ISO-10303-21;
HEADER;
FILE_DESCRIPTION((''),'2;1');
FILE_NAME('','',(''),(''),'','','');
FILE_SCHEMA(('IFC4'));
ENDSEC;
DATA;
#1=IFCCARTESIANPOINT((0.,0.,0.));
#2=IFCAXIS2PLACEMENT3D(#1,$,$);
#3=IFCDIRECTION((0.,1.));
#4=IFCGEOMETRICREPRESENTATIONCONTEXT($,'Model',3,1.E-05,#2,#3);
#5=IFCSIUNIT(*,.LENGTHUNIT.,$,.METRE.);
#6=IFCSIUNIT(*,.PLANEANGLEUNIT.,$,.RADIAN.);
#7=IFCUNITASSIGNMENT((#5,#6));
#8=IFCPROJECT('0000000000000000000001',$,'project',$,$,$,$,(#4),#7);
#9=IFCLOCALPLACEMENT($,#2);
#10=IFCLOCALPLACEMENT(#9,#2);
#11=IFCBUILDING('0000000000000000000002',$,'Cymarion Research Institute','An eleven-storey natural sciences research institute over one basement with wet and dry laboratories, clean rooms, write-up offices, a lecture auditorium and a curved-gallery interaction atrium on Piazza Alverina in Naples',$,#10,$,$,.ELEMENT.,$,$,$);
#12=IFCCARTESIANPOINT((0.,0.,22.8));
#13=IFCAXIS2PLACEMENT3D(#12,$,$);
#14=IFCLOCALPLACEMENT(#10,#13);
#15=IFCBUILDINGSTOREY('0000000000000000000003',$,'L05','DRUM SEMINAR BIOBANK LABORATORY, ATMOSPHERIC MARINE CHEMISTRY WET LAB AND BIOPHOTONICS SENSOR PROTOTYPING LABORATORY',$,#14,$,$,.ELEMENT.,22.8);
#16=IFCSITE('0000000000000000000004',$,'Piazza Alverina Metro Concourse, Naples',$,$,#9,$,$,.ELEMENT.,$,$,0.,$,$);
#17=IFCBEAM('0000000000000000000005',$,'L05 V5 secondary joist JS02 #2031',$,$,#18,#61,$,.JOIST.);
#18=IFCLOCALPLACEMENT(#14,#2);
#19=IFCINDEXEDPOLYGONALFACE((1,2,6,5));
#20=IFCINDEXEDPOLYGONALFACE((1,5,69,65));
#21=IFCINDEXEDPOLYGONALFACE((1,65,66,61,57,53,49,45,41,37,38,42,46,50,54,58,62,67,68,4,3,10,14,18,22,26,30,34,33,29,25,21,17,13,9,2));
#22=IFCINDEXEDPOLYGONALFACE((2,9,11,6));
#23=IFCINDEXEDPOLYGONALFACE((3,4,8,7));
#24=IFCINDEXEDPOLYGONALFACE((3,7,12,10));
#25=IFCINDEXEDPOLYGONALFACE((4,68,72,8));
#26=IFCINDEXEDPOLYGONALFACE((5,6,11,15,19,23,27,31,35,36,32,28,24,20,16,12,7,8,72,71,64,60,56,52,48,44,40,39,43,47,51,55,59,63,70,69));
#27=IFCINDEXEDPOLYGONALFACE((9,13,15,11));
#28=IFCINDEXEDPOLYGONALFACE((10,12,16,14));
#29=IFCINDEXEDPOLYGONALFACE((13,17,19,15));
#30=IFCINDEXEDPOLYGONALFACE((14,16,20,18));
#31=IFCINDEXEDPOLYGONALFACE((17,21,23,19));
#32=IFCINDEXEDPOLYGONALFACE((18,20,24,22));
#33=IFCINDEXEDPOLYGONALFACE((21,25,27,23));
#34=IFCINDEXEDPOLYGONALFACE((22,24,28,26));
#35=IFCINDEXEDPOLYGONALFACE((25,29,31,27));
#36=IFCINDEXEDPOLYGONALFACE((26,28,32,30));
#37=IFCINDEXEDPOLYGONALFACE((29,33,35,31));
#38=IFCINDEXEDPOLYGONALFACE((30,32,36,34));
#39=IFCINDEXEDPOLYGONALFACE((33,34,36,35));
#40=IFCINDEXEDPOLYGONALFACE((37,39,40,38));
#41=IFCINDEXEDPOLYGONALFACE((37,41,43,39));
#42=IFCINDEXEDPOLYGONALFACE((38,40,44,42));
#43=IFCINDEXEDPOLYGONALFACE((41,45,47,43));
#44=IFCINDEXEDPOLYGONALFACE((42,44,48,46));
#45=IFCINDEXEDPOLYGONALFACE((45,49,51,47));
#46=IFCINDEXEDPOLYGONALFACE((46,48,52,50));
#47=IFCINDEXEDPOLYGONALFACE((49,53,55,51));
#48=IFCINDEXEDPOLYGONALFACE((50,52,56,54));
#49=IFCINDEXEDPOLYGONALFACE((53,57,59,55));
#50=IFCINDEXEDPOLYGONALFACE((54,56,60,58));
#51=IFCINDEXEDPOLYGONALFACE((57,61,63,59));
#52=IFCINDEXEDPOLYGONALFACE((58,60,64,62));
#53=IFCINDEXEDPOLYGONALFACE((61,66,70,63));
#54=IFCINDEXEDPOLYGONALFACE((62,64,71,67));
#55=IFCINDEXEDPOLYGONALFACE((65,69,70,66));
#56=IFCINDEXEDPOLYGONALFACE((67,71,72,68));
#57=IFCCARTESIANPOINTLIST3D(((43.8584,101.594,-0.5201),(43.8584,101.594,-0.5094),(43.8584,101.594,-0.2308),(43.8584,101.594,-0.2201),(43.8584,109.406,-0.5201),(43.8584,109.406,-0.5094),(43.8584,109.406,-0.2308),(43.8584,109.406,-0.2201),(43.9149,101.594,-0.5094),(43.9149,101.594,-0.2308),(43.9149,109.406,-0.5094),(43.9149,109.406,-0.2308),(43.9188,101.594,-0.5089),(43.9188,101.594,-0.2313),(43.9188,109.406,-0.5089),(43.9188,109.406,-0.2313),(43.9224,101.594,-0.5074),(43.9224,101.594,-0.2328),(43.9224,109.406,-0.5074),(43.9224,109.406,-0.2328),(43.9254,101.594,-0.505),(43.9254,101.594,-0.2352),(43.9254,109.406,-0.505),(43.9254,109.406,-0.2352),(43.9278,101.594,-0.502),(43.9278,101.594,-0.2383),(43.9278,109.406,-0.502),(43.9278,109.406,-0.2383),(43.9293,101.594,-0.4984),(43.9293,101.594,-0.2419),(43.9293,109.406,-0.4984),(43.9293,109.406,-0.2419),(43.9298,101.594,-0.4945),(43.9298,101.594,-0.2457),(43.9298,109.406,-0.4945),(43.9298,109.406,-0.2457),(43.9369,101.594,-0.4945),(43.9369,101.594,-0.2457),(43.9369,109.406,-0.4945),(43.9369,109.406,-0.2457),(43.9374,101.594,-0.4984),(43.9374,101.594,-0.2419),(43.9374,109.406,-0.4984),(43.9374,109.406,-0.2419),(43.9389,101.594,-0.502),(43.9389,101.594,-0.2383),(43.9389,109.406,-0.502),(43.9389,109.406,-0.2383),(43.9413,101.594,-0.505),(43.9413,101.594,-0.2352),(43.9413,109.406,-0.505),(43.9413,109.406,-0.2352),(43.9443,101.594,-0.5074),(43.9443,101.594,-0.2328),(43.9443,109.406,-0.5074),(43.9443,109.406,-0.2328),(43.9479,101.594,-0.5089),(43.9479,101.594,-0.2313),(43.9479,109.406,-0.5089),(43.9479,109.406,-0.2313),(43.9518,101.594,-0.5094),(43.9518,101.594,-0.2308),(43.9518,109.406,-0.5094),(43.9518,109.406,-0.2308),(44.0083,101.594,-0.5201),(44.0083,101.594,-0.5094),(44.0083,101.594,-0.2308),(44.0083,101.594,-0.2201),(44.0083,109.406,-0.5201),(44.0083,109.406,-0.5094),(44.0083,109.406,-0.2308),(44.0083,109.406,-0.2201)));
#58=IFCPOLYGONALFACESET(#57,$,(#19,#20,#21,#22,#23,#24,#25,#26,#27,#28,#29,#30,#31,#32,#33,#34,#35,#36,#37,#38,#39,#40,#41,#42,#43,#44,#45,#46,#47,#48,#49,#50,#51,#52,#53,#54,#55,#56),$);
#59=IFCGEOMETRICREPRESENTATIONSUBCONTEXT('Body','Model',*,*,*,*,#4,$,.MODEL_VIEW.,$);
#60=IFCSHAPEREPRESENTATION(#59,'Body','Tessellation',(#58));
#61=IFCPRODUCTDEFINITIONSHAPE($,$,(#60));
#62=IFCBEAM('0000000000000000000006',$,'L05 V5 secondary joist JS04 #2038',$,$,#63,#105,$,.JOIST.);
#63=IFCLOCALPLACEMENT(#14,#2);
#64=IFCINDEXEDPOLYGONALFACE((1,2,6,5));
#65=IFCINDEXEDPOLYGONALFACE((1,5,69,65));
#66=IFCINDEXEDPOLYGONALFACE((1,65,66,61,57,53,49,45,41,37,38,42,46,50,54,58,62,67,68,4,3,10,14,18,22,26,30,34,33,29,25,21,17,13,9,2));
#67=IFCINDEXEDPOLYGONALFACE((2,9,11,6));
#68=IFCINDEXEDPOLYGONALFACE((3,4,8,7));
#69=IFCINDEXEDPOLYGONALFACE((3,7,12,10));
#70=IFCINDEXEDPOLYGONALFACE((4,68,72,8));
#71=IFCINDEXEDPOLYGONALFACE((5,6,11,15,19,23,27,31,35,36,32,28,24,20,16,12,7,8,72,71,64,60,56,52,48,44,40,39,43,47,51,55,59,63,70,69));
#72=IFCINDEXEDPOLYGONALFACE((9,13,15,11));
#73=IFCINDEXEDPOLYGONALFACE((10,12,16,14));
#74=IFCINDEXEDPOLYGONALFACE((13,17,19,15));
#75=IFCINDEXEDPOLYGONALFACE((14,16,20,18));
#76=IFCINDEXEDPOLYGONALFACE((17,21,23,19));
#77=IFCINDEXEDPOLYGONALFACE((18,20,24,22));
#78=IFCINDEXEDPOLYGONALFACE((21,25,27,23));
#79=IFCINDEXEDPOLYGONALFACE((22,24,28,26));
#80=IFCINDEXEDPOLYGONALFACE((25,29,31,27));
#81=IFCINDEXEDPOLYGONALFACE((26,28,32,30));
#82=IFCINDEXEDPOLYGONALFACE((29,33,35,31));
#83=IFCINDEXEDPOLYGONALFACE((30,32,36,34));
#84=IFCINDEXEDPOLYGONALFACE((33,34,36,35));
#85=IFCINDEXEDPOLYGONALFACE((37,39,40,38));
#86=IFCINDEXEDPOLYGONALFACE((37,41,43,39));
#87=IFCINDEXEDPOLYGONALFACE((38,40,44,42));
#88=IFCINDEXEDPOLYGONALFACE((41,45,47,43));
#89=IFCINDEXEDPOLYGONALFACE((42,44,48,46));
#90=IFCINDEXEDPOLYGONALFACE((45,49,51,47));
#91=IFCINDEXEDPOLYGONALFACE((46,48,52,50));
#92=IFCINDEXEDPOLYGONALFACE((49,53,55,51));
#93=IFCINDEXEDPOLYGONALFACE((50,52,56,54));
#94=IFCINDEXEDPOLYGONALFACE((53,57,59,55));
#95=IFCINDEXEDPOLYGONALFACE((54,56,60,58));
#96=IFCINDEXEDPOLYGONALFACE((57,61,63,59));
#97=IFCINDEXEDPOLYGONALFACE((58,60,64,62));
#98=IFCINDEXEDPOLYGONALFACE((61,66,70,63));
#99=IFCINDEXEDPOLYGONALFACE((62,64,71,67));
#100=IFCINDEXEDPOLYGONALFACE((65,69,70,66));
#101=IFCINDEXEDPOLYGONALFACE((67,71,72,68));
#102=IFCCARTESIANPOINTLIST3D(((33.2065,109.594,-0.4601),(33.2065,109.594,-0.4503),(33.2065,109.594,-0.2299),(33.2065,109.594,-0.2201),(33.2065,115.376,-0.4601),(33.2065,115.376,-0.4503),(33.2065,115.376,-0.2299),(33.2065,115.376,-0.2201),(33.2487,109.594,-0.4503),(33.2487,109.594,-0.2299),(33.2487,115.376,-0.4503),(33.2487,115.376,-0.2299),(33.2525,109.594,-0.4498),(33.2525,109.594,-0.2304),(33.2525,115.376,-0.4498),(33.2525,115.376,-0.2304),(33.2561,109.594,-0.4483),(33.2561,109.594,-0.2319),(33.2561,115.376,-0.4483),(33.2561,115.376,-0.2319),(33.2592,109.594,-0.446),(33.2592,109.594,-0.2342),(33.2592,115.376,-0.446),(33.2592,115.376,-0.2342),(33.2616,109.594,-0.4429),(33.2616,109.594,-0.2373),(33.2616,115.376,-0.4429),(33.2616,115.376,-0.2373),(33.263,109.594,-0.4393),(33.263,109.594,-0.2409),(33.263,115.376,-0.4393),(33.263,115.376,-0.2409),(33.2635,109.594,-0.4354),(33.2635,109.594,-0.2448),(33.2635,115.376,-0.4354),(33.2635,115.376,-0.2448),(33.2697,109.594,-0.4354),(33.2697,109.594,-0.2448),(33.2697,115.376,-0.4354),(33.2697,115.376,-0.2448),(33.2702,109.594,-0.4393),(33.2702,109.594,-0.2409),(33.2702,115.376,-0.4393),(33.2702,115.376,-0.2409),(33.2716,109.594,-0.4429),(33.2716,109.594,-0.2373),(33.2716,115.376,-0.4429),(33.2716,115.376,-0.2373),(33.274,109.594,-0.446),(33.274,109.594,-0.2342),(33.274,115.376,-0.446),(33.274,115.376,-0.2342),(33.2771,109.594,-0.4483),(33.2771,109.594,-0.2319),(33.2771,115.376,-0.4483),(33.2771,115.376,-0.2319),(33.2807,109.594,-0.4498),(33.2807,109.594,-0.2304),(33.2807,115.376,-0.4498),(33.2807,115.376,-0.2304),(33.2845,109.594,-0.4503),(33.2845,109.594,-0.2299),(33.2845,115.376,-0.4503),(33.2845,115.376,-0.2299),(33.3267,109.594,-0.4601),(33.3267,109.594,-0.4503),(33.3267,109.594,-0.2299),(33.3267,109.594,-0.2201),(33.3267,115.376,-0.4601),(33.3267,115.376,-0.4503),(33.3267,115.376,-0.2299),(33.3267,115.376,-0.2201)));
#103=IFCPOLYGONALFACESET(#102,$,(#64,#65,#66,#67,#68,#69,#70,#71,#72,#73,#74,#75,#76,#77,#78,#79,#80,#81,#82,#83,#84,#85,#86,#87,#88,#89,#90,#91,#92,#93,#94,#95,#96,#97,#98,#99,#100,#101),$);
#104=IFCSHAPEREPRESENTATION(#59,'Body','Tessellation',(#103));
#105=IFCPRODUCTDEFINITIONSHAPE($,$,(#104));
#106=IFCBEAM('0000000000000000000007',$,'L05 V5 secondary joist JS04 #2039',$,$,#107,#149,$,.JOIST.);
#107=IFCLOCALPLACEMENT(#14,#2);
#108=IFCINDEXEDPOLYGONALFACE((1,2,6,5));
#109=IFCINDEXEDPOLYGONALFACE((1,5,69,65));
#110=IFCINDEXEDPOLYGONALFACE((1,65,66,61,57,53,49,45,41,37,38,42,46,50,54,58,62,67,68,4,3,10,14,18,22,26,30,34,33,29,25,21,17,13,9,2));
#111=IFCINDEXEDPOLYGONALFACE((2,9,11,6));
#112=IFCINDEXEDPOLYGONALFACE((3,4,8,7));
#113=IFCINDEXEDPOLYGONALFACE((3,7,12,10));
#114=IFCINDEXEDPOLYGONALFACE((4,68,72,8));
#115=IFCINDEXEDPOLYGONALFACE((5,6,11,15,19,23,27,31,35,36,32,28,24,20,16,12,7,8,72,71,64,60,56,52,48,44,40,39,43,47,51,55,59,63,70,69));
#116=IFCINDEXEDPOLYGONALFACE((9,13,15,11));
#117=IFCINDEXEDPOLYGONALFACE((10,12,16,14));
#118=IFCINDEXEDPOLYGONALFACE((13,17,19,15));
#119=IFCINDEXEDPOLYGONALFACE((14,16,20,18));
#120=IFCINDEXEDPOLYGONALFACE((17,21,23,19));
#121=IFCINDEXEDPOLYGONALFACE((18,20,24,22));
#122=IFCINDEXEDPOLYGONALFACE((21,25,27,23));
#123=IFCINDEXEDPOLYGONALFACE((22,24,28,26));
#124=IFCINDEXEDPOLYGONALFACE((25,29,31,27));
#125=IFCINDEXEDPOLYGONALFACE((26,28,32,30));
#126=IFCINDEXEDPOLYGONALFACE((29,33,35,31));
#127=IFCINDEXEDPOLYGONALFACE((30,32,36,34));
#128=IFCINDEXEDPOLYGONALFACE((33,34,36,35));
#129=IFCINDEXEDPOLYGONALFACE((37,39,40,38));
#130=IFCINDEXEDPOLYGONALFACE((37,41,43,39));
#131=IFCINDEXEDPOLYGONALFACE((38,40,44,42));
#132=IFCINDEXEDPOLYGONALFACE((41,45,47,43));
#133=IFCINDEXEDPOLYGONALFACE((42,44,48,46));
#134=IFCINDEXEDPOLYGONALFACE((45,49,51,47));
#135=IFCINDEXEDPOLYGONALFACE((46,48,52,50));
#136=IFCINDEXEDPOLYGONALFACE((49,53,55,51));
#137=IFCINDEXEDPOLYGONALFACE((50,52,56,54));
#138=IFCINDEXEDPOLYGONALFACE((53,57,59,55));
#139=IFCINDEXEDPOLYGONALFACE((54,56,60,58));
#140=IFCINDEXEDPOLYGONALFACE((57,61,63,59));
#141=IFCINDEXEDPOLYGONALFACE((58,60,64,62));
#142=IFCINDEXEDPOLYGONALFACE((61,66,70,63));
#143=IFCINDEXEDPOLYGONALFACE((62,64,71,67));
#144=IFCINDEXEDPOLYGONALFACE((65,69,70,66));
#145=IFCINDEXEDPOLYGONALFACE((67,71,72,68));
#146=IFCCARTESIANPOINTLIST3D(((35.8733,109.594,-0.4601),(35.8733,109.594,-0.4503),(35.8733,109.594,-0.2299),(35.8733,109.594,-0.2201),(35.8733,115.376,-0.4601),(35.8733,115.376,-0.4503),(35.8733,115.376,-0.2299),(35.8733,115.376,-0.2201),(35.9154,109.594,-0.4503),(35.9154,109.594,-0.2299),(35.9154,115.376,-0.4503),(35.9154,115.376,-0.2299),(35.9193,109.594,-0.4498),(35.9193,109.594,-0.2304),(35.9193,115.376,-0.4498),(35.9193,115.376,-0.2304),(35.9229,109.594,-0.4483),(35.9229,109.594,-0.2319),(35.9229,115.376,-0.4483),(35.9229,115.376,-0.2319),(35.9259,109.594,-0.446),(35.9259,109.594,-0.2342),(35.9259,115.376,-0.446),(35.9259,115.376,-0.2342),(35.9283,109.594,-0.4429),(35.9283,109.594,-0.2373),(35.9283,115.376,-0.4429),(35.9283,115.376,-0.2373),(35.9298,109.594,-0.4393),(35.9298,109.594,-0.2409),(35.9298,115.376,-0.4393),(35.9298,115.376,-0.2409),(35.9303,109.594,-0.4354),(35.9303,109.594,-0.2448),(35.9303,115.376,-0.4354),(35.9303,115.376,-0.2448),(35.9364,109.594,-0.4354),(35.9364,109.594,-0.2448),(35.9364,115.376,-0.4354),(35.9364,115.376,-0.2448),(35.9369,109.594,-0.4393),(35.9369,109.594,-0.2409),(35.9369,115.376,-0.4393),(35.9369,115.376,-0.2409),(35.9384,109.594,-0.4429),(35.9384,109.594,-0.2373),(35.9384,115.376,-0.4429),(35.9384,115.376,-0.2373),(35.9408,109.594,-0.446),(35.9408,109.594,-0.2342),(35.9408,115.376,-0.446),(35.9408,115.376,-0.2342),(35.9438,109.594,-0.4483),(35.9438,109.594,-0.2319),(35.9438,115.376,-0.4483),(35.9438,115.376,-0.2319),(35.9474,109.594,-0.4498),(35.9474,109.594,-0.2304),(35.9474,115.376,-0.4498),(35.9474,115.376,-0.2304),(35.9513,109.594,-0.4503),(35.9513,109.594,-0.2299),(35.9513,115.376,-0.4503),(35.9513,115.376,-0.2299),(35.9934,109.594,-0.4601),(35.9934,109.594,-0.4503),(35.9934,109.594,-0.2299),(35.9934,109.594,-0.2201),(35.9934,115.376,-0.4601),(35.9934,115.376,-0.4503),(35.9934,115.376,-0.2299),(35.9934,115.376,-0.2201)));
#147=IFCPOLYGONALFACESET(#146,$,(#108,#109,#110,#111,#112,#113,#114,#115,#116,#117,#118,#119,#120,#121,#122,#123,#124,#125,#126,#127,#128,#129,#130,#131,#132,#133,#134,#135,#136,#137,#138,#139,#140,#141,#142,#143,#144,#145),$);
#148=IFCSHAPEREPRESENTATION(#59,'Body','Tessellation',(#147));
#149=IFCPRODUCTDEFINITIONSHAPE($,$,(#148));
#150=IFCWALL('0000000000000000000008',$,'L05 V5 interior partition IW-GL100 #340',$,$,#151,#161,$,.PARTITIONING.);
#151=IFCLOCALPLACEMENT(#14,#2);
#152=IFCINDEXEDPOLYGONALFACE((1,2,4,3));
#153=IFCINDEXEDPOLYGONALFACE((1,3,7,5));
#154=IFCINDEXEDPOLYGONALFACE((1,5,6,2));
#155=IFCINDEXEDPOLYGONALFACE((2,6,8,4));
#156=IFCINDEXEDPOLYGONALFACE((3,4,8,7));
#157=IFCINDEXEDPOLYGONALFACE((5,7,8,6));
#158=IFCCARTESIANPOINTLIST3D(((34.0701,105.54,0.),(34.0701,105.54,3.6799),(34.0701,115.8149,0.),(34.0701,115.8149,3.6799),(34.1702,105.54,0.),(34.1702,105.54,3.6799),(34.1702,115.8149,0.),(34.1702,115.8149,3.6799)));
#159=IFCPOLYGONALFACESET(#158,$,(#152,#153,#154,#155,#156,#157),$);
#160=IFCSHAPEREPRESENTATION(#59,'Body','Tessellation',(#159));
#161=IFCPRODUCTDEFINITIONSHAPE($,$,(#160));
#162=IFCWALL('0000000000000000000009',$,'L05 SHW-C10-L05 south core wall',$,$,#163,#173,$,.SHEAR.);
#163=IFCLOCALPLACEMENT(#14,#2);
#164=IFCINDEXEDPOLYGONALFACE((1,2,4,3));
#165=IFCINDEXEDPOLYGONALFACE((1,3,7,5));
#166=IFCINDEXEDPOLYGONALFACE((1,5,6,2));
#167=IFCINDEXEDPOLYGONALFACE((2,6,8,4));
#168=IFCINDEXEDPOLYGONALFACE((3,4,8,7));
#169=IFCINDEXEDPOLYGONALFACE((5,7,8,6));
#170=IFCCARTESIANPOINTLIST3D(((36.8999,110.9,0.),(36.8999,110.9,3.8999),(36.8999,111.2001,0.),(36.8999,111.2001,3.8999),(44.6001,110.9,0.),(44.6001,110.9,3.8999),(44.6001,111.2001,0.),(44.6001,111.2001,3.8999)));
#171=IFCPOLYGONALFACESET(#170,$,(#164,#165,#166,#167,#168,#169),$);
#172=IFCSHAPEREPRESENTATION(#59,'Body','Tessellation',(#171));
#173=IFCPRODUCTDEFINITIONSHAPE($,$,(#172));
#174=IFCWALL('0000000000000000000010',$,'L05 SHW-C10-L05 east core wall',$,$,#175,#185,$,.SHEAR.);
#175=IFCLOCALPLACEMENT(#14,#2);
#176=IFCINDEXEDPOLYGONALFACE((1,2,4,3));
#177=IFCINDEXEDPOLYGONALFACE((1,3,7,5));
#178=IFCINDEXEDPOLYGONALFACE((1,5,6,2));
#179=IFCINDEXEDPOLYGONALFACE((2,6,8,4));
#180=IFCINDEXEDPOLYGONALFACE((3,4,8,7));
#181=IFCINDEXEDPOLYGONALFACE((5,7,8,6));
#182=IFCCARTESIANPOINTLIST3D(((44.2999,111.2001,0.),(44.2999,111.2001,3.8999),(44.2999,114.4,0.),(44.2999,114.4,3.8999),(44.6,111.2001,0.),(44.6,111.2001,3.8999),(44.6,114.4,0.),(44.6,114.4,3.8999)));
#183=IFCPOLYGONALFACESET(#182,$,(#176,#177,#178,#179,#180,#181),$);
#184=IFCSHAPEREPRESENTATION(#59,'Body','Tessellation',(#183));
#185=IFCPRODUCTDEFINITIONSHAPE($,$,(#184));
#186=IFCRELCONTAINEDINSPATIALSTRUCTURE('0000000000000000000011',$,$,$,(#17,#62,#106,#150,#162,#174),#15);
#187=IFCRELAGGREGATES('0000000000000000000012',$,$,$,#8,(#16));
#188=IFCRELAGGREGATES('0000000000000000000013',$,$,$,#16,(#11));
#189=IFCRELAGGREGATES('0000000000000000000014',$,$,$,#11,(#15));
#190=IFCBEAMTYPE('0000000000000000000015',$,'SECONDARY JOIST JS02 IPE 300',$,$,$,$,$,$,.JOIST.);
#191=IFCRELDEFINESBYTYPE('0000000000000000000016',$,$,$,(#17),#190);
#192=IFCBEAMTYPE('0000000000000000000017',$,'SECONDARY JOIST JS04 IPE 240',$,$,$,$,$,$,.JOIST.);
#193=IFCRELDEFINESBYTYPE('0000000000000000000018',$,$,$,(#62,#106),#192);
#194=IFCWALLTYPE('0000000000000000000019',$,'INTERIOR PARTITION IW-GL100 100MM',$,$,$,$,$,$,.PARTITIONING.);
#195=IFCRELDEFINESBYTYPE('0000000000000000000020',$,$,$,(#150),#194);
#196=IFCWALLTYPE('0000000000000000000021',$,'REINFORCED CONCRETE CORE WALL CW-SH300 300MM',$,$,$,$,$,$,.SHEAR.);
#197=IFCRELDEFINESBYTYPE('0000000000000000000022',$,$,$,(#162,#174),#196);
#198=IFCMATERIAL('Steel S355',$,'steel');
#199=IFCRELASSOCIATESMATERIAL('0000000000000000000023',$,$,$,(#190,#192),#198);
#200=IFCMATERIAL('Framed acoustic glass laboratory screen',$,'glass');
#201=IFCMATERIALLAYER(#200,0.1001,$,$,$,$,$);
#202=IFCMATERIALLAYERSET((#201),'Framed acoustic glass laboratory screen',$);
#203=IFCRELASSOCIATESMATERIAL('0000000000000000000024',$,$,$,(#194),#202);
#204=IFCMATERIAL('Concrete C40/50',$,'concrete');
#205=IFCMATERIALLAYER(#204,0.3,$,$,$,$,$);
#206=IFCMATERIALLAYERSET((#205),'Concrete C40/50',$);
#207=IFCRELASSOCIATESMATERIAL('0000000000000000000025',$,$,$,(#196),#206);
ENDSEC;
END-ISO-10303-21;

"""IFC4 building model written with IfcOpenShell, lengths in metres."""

from ifc_helpers import new_model, si_unit, direction, frame, frame_2d, origin, origin_2d, place, context, subcontext, project, spatial, rectangle, i_section, extrude, material, layer, layer_set, material_profile, profile_set, type_object, element, save


model = new_model("IFC4")

# Units and contexts
model_context = context("Model", 3, precision=1e-05, world=origin(), true_north=direction((0.0, 1.0)))
body_context = subcontext(model_context, "Body", "Model", "MODEL_VIEW")
ifc_project = project(units=[si_unit("LENGTHUNIT", "METRE"), si_unit("PLANEANGLEUNIT", "RADIAN")], contexts=[model_context])

# Site, building, storey
site_placement = place(None, origin())
site = spatial("IfcSite", under=ifc_project, at=site_placement, Name="Piazza Alverina Metro Concourse, Naples", CompositionType="ELEMENT", RefElevation=0.0)
building_placement = place(site_placement, origin())
building = spatial("IfcBuilding", under=site, at=building_placement, Name="Cymarion Research Institute", Description="An eleven-storey natural sciences research institute over one basement with wet and dry laboratories, clean rooms, write-up offices, a lecture auditorium and a curved-gallery interaction atrium on Piazza Alverina in Naples", CompositionType="ELEMENT")
storey_placement = place(building_placement, frame((0.0, 0.0, 22.8)))
storey = spatial("IfcBuildingStorey", under=building, at=storey_placement, Name="L05", Description="DRUM SEMINAR BIOBANK LABORATORY, ATMOSPHERIC MARINE CHEMISTRY WET LAB AND BIOPHOTONICS SENSOR PROTOTYPING LABORATORY", CompositionType="ELEMENT", Elevation=22.8)

# Shared definitions
ifc_material_1 = material(Name="Steel S355", Category="steel")

# Beams
ifc_material_profile_1 = material_profile(ifc_material_1, i_section(OverallWidth=0.1499, OverallDepth=0.3, WebThickness=0.0071, FlangeThickness=0.0107, FilletRadius=0.0149, at=origin_2d()), Name="IPE 300")
ifc_profile_set_1 = profile_set([ifc_material_profile_1], Name="Steel S355")
beam_type_1 = type_object("IfcBeamType", Name="SECONDARY JOIST JS02 IPE 300", PredefinedType="JOIST", material=ifc_profile_set_1)
for number, where, z_axis, x_axis, name in (
    (1, (43.9333, 101.594, -0.3701), (0.0, 1.0, 0.0), (-1.0, 0.0, 0.0), "L05 V5 secondary joist JS02 #2031"),
):
    element("IfcBeam", number, at=place(storey_placement, frame(where, z_axis=z_axis, x_axis=x_axis)), inside=storey, type_object=beam_type_1, Name=name, PredefinedType="JOIST", context=body_context, shape_type="SweptSolid", body=[
        extrude(i_section(OverallWidth=0.1499, OverallDepth=0.3, WebThickness=0.0071, FlangeThickness=0.0107, FilletRadius=0.0149, at=origin_2d()), origin(), (0.0, 0.0, 1.0), 7.812),
    ])
ifc_material_profile_2 = material_profile(ifc_material_1, i_section(OverallWidth=0.1201, OverallDepth=0.24, WebThickness=0.0061, FlangeThickness=0.0098, FilletRadius=0.0149, at=origin_2d()), Name="IPE 240")
ifc_profile_set_2 = profile_set([ifc_material_profile_2], Name="Steel S355")
beam_type_2 = type_object("IfcBeamType", Name="SECONDARY JOIST JS04 IPE 240", PredefinedType="JOIST", material=ifc_profile_set_2)
for number, where, z_axis, x_axis, name in (
    (2, (33.2666, 109.594, -0.3401), (0.0, 1.0, 0.0), (-1.0, 0.0, 0.0), "L05 V5 secondary joist JS04 #2038"),
    (3, (35.9333, 109.594, -0.3401), (0.0, 1.0, 0.0), (-1.0, 0.0, 0.0), "L05 V5 secondary joist JS04 #2039"),
):
    element("IfcBeam", number, at=place(storey_placement, frame(where, z_axis=z_axis, x_axis=x_axis)), inside=storey, type_object=beam_type_2, Name=name, PredefinedType="JOIST", context=body_context, shape_type="SweptSolid", body=[
        extrude(i_section(OverallWidth=0.1201, OverallDepth=0.24, WebThickness=0.0061, FlangeThickness=0.0098, FilletRadius=0.0149, at=origin_2d()), origin(), (0.0, 0.0, 1.0), 5.782),
    ])

# Walls
ifc_material_2 = material(Name="Framed acoustic glass laboratory screen", Category="glass")
ifc_layer_1 = layer(ifc_material_2, 0.1001)
ifc_layer_set_1 = layer_set([ifc_layer_1], Name="Framed acoustic glass laboratory screen")
wall_type_1 = type_object("IfcWallType", Name="INTERIOR PARTITION IW-GL100 100MM", PredefinedType="PARTITIONING", material=ifc_layer_set_1)
wall_1_placement = place(storey_placement, frame((34.1201, 105.54, 0.0), z_axis=(0.0, 0.0, 1.0), x_axis=(0.0, 1.0, 0.0)))
element("IfcWall", 4, at=wall_1_placement, inside=storey, type_object=wall_type_1, Name="L05 V5 interior partition IW-GL100 #340", PredefinedType="PARTITIONING", context=body_context, shape_type="SweptSolid", body=[
    extrude(rectangle(XDim=10.2749, YDim=0.1001, at=frame_2d((5.1375, 0.0))), origin(), (0.0, 0.0, 1.0), 3.6799),
])
ifc_material_3 = material(Name="Concrete C40/50", Category="concrete")
ifc_layer_2 = layer(ifc_material_3, 0.3)
ifc_layer_set_2 = layer_set([ifc_layer_2], Name="Concrete C40/50")
wall_type_2 = type_object("IfcWallType", Name="REINFORCED CONCRETE CORE WALL CW-SH300 300MM", PredefinedType="SHEAR", material=ifc_layer_set_2)
wall_2_placement = place(storey_placement, frame((36.8999, 111.05, 0.0), z_axis=(0.0, 0.0, 1.0), x_axis=(1.0, 0.0, 0.0)))
element("IfcWall", 5, at=wall_2_placement, inside=storey, type_object=wall_type_2, Name="L05 SHW-C10-L05 south core wall", PredefinedType="SHEAR", context=body_context, shape_type="SweptSolid", body=[
    extrude(rectangle(XDim=7.7002, YDim=0.3, at=frame_2d((3.8501, 0.0))), origin(), (0.0, 0.0, 1.0), 3.8999),
])

# Wall
wall_3_placement = place(storey_placement, frame((44.45, 111.2, 0.0), z_axis=(0.0, 0.0, 1.0), x_axis=(0.0, 1.0, 0.0)))
element("IfcWall", 6, at=wall_3_placement, inside=storey, type_object=wall_type_2, Name="L05 SHW-C10-L05 east core wall", PredefinedType="SHEAR", context=body_context, shape_type="SweptSolid", body=[
    extrude(rectangle(XDim=3.2, YDim=0.3, at=frame_2d((1.6001, 0.0))), origin(), (0.0, 0.0, 1.0), 3.8999),
])

save(model, "model.ifc")
